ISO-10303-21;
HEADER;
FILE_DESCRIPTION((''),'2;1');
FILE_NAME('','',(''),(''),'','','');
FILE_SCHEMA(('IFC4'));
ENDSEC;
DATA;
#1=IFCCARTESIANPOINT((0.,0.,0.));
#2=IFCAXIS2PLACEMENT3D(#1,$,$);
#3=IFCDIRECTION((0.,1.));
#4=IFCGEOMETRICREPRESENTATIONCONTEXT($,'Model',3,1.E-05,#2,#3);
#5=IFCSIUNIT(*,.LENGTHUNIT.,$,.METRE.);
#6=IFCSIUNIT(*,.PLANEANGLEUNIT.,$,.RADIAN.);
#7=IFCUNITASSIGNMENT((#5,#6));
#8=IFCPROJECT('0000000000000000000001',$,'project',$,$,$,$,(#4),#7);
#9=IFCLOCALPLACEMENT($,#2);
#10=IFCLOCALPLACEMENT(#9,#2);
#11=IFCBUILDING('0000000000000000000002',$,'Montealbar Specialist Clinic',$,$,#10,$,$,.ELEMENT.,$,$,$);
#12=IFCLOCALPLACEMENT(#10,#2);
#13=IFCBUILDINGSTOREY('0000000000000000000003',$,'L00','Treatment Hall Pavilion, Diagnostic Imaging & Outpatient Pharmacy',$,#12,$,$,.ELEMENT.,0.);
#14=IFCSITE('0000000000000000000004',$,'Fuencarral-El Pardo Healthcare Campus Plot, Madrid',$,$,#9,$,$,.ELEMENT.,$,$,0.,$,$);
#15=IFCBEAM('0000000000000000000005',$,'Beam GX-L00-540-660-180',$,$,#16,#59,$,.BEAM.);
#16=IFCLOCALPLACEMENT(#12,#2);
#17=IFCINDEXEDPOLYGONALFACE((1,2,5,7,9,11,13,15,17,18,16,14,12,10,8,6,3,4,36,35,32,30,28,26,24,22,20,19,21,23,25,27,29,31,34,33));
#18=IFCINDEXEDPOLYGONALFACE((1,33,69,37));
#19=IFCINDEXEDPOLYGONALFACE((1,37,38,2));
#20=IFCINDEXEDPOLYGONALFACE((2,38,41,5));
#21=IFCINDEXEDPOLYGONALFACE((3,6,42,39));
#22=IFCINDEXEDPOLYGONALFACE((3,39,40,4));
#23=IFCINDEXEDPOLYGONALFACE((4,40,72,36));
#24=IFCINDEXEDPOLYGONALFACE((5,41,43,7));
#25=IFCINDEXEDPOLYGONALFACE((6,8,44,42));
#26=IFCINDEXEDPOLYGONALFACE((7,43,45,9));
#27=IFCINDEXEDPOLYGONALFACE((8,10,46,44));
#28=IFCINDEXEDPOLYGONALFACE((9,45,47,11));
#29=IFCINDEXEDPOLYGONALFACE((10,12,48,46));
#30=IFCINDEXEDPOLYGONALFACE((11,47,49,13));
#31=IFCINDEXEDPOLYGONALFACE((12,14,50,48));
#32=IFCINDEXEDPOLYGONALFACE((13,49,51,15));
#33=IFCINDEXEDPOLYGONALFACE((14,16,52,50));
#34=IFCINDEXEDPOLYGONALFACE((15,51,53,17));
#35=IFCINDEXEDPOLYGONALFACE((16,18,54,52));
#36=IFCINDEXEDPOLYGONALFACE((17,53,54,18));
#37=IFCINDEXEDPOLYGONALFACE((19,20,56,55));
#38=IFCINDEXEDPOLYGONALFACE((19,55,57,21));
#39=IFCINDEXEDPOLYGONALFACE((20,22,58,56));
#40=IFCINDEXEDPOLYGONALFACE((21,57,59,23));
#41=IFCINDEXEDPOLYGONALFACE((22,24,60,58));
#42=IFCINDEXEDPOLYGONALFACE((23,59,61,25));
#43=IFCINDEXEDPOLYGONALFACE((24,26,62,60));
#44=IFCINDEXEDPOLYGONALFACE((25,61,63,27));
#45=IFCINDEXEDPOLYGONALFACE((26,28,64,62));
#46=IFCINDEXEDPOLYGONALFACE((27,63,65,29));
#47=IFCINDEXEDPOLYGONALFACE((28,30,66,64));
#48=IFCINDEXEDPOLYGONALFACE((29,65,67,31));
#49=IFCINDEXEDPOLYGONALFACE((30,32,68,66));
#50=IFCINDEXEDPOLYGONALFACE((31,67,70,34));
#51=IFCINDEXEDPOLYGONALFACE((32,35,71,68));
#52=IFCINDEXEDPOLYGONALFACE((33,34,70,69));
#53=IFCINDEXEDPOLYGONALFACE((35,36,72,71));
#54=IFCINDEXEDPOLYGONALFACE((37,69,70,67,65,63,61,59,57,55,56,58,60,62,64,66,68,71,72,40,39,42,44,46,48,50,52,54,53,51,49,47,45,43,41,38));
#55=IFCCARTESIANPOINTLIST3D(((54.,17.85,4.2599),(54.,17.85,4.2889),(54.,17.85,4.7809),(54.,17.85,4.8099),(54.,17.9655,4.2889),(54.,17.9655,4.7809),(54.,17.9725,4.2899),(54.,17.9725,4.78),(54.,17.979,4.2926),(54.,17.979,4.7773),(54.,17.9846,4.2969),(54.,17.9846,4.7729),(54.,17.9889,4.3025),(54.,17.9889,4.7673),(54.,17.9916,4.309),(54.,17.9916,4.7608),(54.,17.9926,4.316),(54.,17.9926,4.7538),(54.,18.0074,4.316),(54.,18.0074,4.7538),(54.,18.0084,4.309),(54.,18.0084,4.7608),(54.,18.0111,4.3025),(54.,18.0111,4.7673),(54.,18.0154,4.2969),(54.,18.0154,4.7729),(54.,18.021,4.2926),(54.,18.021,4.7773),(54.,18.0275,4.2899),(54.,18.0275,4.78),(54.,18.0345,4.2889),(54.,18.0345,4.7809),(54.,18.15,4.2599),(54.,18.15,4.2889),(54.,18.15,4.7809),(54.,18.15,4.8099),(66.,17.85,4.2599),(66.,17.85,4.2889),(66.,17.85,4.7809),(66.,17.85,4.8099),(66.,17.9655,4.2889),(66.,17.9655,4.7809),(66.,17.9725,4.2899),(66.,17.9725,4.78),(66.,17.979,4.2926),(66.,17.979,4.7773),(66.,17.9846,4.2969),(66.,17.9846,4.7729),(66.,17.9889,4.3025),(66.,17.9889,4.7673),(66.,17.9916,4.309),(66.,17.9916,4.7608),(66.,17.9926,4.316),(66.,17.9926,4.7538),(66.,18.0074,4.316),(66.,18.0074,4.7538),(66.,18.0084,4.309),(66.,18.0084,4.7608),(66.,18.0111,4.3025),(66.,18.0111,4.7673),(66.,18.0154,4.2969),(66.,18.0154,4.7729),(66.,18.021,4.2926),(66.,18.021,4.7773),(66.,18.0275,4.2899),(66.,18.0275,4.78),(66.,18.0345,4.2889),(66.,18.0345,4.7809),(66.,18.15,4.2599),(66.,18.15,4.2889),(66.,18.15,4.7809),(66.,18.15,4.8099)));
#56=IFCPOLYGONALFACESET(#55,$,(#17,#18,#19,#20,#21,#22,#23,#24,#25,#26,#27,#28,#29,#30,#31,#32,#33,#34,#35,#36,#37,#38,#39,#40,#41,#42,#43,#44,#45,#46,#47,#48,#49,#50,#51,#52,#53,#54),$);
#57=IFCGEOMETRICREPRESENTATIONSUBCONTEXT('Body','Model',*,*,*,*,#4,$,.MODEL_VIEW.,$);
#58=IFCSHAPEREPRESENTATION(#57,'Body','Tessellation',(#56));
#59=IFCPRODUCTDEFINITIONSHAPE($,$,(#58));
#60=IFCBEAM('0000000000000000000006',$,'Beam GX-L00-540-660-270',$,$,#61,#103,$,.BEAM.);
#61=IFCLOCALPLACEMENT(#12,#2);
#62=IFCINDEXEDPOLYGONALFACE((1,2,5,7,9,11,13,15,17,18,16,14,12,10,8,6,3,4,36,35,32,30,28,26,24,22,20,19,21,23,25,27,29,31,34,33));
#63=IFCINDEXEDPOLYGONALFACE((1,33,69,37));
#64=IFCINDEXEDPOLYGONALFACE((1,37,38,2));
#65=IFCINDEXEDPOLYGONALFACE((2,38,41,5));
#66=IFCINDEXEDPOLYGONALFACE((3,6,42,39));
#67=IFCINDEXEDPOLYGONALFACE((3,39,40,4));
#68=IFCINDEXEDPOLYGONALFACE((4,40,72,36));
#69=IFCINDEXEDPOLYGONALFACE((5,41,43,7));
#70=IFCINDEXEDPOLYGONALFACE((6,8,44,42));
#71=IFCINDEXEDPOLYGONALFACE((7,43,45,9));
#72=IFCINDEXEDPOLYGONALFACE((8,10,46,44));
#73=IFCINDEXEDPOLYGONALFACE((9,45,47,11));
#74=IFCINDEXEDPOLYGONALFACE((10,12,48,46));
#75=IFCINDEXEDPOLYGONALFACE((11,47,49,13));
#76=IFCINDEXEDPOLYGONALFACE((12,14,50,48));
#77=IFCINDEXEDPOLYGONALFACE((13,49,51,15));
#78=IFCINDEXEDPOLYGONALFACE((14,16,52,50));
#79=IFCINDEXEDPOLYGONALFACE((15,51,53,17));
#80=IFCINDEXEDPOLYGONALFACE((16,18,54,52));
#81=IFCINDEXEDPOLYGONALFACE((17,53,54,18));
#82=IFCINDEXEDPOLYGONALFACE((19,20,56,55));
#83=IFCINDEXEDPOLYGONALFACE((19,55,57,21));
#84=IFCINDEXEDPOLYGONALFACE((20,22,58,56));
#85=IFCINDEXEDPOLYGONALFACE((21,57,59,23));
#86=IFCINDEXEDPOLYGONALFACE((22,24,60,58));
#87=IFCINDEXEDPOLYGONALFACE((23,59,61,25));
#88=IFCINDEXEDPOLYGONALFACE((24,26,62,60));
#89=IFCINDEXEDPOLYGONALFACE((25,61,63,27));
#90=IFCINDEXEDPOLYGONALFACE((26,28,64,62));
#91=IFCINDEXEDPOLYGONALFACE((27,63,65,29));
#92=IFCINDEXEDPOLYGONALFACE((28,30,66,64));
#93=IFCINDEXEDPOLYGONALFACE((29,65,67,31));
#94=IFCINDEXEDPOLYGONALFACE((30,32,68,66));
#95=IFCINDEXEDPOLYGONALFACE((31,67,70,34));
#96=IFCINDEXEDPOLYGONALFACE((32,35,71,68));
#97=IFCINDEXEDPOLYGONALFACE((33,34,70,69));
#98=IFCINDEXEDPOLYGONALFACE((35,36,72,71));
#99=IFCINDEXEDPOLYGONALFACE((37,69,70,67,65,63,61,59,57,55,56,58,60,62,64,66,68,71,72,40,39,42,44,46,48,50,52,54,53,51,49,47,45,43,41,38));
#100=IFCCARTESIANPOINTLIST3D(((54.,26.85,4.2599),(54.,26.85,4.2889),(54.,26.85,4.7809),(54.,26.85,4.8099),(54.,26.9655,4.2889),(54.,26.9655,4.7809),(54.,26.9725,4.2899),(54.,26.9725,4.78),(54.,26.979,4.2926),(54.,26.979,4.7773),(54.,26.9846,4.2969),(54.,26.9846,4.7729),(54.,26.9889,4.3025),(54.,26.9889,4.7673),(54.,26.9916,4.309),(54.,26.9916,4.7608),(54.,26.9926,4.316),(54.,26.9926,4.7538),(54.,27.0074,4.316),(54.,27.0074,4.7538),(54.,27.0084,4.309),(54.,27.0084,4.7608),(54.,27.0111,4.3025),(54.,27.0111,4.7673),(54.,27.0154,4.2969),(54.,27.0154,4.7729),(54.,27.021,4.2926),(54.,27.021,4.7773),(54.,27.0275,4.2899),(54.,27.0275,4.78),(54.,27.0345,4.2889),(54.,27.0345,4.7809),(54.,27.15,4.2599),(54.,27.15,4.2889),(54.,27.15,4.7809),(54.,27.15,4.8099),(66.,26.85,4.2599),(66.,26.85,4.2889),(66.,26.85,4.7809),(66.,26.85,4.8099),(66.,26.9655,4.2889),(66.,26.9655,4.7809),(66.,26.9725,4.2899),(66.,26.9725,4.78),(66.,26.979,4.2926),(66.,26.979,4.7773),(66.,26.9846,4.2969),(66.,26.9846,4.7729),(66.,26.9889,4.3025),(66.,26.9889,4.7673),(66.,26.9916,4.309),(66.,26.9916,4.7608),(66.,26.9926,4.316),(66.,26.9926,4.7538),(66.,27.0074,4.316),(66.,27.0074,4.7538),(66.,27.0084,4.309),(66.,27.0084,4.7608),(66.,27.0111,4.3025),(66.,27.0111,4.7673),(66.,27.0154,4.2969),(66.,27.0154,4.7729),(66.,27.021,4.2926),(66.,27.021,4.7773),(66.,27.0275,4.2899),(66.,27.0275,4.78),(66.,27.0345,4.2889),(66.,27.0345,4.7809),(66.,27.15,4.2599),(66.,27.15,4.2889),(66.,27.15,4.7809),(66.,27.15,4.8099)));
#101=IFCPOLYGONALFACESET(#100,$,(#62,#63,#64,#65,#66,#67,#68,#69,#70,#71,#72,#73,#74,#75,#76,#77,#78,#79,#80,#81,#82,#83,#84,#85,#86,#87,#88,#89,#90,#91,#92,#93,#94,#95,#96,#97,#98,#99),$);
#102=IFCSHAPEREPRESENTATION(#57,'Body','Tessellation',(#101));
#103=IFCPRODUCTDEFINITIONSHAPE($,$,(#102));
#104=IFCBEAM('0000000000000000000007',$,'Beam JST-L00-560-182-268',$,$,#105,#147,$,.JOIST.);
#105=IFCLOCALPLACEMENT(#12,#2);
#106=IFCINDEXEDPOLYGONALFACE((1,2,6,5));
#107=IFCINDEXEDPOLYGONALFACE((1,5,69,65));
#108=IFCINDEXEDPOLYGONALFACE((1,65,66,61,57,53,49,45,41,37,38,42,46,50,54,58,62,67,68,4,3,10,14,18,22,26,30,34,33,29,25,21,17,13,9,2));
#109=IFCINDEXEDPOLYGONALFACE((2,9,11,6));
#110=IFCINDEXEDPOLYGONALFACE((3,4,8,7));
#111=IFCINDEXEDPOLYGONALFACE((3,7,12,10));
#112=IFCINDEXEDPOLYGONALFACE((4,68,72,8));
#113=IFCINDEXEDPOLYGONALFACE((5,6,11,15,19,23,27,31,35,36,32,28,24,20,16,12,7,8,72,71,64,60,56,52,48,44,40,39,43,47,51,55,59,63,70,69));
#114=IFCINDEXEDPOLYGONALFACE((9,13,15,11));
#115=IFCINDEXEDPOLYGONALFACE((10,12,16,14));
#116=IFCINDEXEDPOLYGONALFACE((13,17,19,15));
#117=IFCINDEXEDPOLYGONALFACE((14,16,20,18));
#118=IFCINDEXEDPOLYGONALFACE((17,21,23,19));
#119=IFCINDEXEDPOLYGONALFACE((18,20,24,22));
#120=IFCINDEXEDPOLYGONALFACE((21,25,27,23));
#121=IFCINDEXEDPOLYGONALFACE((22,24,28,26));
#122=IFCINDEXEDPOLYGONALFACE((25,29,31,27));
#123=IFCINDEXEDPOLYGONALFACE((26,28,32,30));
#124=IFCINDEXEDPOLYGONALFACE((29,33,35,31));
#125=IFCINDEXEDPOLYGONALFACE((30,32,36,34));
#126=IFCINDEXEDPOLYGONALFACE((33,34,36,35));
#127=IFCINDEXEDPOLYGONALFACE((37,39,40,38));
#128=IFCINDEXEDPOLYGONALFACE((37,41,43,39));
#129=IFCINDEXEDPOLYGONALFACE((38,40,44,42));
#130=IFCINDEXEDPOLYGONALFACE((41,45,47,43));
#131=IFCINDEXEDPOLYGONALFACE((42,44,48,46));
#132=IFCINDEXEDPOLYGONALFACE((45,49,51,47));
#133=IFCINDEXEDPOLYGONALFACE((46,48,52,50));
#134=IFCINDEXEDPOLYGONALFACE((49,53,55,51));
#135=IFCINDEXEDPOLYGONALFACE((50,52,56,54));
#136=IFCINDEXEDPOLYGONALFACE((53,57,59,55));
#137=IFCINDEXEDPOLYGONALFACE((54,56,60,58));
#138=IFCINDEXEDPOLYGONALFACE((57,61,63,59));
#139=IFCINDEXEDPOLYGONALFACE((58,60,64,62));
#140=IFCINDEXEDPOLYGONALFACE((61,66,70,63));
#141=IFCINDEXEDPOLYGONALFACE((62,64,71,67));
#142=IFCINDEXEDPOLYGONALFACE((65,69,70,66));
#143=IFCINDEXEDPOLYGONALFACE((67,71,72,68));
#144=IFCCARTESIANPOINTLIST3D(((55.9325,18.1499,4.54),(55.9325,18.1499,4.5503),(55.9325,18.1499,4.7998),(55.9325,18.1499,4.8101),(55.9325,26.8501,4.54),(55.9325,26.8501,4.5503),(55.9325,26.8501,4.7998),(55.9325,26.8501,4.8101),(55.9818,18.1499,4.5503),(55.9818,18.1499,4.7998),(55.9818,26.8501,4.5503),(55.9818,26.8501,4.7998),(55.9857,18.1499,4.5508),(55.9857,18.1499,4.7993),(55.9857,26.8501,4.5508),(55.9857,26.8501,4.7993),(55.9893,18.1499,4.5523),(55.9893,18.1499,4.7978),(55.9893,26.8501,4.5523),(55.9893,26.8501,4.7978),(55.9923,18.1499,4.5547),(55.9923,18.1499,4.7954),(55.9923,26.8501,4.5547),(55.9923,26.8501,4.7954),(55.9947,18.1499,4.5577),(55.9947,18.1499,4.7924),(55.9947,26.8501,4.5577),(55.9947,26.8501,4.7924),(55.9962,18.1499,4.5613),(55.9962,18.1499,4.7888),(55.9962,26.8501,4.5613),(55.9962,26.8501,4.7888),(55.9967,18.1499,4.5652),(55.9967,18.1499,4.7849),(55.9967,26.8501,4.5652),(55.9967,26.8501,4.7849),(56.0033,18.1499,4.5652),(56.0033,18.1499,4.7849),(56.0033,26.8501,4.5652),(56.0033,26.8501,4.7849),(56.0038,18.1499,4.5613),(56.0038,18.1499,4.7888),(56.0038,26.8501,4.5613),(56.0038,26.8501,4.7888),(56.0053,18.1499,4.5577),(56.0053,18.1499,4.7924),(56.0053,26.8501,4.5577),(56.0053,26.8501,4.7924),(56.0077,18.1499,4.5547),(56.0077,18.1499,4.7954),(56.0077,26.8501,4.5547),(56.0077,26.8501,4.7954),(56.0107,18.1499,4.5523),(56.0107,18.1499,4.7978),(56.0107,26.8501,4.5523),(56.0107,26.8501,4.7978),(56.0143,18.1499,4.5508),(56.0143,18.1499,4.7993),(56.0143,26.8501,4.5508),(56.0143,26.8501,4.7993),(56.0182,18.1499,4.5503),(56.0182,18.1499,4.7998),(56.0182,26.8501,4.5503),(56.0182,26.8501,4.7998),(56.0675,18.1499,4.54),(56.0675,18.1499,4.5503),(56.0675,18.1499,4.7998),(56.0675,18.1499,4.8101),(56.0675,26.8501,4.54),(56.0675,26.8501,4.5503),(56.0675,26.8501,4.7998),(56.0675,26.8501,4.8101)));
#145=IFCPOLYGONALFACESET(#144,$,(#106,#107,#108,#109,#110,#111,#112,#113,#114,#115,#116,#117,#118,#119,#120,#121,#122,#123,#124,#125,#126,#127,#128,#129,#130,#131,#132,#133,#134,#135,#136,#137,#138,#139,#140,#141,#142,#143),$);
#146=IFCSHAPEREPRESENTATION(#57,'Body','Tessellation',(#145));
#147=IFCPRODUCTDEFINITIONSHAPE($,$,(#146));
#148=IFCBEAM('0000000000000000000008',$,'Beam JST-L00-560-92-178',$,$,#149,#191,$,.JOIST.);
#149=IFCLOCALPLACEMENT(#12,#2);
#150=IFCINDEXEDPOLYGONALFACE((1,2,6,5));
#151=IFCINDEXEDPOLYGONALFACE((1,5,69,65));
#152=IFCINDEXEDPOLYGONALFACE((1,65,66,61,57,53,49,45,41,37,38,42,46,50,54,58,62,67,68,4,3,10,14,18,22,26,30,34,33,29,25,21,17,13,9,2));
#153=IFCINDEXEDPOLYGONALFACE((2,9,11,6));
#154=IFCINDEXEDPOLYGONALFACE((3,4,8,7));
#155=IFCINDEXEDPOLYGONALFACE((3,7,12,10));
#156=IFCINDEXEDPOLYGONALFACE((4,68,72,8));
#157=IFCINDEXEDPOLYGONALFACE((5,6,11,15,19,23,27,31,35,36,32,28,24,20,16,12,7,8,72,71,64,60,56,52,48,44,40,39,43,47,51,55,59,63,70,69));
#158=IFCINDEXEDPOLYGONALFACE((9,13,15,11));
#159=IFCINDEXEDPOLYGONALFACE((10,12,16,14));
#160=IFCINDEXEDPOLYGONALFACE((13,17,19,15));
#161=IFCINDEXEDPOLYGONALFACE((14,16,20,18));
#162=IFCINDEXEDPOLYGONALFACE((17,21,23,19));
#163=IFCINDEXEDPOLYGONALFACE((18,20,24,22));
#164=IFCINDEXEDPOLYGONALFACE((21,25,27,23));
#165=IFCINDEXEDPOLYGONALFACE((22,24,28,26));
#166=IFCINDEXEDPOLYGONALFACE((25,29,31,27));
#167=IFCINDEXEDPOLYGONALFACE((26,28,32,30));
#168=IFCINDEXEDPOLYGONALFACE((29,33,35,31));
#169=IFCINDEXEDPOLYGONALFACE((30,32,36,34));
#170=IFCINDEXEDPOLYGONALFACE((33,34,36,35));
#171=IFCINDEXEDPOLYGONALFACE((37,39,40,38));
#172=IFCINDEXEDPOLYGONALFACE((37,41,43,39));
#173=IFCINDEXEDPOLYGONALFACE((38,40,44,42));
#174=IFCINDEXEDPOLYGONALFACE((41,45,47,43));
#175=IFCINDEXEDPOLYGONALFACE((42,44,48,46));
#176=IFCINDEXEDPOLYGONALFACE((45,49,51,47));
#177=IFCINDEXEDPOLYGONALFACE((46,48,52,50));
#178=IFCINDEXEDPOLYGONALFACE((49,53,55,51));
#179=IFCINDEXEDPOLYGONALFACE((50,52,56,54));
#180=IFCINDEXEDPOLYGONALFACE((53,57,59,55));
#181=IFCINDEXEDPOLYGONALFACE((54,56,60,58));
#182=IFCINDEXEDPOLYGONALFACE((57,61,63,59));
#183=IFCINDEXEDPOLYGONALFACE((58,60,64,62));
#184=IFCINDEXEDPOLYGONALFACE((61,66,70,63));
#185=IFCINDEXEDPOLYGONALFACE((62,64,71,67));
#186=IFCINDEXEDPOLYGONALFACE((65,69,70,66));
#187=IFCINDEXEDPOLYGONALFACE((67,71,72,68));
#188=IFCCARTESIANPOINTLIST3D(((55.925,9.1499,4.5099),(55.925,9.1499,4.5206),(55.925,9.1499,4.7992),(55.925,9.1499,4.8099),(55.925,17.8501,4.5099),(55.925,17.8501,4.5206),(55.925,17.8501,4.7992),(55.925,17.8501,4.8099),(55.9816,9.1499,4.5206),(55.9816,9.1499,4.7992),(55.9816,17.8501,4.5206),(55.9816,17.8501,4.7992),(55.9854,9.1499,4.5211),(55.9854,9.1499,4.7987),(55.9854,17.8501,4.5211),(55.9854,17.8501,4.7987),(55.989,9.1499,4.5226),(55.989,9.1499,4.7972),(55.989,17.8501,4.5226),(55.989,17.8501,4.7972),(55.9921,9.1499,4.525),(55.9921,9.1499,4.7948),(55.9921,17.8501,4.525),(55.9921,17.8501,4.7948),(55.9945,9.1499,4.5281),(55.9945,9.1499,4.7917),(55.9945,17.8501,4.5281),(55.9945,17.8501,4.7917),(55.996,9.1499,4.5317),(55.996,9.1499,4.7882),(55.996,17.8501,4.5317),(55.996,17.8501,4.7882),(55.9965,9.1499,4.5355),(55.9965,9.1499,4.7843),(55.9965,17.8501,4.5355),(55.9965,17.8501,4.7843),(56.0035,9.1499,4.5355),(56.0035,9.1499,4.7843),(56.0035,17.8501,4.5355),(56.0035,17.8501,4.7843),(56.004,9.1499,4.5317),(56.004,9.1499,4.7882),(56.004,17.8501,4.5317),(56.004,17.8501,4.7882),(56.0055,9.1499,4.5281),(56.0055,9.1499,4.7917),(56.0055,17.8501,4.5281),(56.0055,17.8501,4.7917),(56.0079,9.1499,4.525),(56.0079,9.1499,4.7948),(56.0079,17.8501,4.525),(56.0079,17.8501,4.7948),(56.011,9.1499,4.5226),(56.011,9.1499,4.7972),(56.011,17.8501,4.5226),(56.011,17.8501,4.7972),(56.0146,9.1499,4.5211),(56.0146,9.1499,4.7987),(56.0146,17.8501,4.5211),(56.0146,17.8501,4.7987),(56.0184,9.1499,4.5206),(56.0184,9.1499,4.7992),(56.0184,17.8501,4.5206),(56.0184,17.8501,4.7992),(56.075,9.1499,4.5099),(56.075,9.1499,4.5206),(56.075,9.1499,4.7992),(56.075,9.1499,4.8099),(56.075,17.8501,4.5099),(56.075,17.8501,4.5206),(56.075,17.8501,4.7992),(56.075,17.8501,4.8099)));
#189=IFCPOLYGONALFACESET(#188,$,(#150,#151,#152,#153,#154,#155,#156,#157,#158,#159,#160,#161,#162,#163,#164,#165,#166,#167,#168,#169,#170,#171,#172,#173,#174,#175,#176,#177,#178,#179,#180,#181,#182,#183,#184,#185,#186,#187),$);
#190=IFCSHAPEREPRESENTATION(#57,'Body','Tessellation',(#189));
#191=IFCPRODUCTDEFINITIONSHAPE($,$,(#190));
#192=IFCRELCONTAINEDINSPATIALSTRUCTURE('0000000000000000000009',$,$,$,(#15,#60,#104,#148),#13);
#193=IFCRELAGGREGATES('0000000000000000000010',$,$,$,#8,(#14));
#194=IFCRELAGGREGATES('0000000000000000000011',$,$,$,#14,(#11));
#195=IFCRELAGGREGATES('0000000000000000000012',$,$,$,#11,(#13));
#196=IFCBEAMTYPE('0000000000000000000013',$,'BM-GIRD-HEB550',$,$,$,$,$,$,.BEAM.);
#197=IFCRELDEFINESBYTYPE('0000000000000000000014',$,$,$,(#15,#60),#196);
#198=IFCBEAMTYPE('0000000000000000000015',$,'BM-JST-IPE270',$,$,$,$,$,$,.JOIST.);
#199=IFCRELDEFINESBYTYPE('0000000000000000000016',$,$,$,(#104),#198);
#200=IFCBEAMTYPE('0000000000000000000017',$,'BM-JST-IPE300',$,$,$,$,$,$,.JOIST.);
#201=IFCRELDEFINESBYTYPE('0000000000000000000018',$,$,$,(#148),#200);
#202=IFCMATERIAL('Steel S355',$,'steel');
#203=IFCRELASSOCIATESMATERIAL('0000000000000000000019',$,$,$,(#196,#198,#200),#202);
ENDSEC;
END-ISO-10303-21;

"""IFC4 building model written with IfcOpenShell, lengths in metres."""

from ifc_helpers import new_model, si_unit, direction, frame, origin, origin_2d, place, context, subcontext, project, spatial, i_section, extrude, material, material_profile, profile_set, type_object, element, save


model = new_model("IFC4")

# Units and contexts
model_context = context("Model", 3, precision=1e-05, world=origin(), true_north=direction((0.0, 1.0)))
body_context = subcontext(model_context, "Body", "Model", "MODEL_VIEW")
ifc_project = project(units=[si_unit("LENGTHUNIT", "METRE"), si_unit("PLANEANGLEUNIT", "RADIAN")], contexts=[model_context])

# Site, building, storey
site_placement = place(None, origin())
site = spatial("IfcSite", under=ifc_project, at=site_placement, Name="Fuencarral-El Pardo Healthcare Campus Plot, Madrid", CompositionType="ELEMENT", RefElevation=0.0)
building_placement = place(site_placement, origin())
building = spatial("IfcBuilding", under=site, at=building_placement, Name="Montealbar Specialist Clinic", CompositionType="ELEMENT")
storey_placement = place(building_placement, origin())
storey = spatial("IfcBuildingStorey", under=building, at=storey_placement, Name="L00", Description="Treatment Hall Pavilion, Diagnostic Imaging & Outpatient Pharmacy", CompositionType="ELEMENT", Elevation=0.0)

# Shared definitions
ifc_material_1 = material(Name="Steel S355", Category="steel")

# Beams
ifc_material_profile_1 = material_profile(ifc_material_1, i_section(OverallWidth=0.3, OverallDepth=0.55, WebThickness=0.0149, FlangeThickness=0.0291, FilletRadius=0.0271, at=origin_2d()), Name="HEB 550", Category="steel")
ifc_profile_set_1 = profile_set([ifc_material_profile_1], Name="Steel S355")
beam_type_1 = type_object("IfcBeamType", Name="BM-GIRD-HEB550", PredefinedType="BEAM", material=ifc_profile_set_1)
for number, where, z_axis, x_axis, name in (
    (1, (54.0, 18.0, 4.5349), (1.0, 0.0, 0.0), (0.0, 1.0, 0.0), "Beam GX-L00-540-660-180"),
    (2, (54.0, 27.0, 4.5349), (1.0, 0.0, 0.0), (0.0, 1.0, 0.0), "Beam GX-L00-540-660-270"),
):
    element("IfcBeam", number, at=place(storey_placement, frame(where, z_axis=z_axis, x_axis=x_axis)), inside=storey, type_object=beam_type_1, Name=name, PredefinedType="BEAM", context=body_context, shape_type="SweptSolid", body=[
        extrude(i_section(OverallWidth=0.3, OverallDepth=0.55, WebThickness=0.0149, FlangeThickness=0.0291, FilletRadius=0.0271, at=origin_2d()), origin(), (0.0, 0.0, 1.0), 12.0),
    ])
ifc_material_profile_2 = material_profile(ifc_material_1, i_section(OverallWidth=0.135, OverallDepth=0.27, WebThickness=0.0066, FlangeThickness=0.0103, FilletRadius=0.0149, at=origin_2d()), Name="IPE 270", Category="steel")
ifc_profile_set_2 = profile_set([ifc_material_profile_2], Name="Steel S355")
beam_type_2 = type_object("IfcBeamType", Name="BM-JST-IPE270", PredefinedType="JOIST", material=ifc_profile_set_2)
beam_1_placement = place(storey_placement, frame((56.0, 18.1499, 4.675), z_axis=(0.0, 1.0, 0.0), x_axis=(-1.0, 0.0, 0.0)))
element("IfcBeam", 3, at=beam_1_placement, inside=storey, type_object=beam_type_2, Name="Beam JST-L00-560-182-268", PredefinedType="JOIST", context=body_context, shape_type="SweptSolid", body=[
    extrude(i_section(OverallWidth=0.135, OverallDepth=0.27, WebThickness=0.0066, FlangeThickness=0.0103, FilletRadius=0.0149, at=origin_2d()), origin(), (0.0, 0.0, 1.0), 8.7002),
])
ifc_material_profile_3 = material_profile(ifc_material_1, i_section(OverallWidth=0.1499, OverallDepth=0.3, WebThickness=0.0071, FlangeThickness=0.0107, FilletRadius=0.0149, at=origin_2d()), Name="IPE 300", Category="steel")
ifc_profile_set_3 = profile_set([ifc_material_profile_3], Name="Steel S355")
beam_type_3 = type_object("IfcBeamType", Name="BM-JST-IPE300", PredefinedType="JOIST", material=ifc_profile_set_3)
beam_2_placement = place(storey_placement, frame((56.0, 9.1499, 4.6599), z_axis=(0.0, 1.0, 0.0), x_axis=(-1.0, 0.0, 0.0)))
element("IfcBeam", 4, at=beam_2_placement, inside=storey, type_object=beam_type_3, Name="Beam JST-L00-560-92-178", PredefinedType="JOIST", context=body_context, shape_type="SweptSolid", body=[
    extrude(i_section(OverallWidth=0.1499, OverallDepth=0.3, WebThickness=0.0071, FlangeThickness=0.0107, FilletRadius=0.0149, at=origin_2d()), origin(), (0.0, 0.0, 1.0), 8.7002),
])

save(model, "model.ifc")
